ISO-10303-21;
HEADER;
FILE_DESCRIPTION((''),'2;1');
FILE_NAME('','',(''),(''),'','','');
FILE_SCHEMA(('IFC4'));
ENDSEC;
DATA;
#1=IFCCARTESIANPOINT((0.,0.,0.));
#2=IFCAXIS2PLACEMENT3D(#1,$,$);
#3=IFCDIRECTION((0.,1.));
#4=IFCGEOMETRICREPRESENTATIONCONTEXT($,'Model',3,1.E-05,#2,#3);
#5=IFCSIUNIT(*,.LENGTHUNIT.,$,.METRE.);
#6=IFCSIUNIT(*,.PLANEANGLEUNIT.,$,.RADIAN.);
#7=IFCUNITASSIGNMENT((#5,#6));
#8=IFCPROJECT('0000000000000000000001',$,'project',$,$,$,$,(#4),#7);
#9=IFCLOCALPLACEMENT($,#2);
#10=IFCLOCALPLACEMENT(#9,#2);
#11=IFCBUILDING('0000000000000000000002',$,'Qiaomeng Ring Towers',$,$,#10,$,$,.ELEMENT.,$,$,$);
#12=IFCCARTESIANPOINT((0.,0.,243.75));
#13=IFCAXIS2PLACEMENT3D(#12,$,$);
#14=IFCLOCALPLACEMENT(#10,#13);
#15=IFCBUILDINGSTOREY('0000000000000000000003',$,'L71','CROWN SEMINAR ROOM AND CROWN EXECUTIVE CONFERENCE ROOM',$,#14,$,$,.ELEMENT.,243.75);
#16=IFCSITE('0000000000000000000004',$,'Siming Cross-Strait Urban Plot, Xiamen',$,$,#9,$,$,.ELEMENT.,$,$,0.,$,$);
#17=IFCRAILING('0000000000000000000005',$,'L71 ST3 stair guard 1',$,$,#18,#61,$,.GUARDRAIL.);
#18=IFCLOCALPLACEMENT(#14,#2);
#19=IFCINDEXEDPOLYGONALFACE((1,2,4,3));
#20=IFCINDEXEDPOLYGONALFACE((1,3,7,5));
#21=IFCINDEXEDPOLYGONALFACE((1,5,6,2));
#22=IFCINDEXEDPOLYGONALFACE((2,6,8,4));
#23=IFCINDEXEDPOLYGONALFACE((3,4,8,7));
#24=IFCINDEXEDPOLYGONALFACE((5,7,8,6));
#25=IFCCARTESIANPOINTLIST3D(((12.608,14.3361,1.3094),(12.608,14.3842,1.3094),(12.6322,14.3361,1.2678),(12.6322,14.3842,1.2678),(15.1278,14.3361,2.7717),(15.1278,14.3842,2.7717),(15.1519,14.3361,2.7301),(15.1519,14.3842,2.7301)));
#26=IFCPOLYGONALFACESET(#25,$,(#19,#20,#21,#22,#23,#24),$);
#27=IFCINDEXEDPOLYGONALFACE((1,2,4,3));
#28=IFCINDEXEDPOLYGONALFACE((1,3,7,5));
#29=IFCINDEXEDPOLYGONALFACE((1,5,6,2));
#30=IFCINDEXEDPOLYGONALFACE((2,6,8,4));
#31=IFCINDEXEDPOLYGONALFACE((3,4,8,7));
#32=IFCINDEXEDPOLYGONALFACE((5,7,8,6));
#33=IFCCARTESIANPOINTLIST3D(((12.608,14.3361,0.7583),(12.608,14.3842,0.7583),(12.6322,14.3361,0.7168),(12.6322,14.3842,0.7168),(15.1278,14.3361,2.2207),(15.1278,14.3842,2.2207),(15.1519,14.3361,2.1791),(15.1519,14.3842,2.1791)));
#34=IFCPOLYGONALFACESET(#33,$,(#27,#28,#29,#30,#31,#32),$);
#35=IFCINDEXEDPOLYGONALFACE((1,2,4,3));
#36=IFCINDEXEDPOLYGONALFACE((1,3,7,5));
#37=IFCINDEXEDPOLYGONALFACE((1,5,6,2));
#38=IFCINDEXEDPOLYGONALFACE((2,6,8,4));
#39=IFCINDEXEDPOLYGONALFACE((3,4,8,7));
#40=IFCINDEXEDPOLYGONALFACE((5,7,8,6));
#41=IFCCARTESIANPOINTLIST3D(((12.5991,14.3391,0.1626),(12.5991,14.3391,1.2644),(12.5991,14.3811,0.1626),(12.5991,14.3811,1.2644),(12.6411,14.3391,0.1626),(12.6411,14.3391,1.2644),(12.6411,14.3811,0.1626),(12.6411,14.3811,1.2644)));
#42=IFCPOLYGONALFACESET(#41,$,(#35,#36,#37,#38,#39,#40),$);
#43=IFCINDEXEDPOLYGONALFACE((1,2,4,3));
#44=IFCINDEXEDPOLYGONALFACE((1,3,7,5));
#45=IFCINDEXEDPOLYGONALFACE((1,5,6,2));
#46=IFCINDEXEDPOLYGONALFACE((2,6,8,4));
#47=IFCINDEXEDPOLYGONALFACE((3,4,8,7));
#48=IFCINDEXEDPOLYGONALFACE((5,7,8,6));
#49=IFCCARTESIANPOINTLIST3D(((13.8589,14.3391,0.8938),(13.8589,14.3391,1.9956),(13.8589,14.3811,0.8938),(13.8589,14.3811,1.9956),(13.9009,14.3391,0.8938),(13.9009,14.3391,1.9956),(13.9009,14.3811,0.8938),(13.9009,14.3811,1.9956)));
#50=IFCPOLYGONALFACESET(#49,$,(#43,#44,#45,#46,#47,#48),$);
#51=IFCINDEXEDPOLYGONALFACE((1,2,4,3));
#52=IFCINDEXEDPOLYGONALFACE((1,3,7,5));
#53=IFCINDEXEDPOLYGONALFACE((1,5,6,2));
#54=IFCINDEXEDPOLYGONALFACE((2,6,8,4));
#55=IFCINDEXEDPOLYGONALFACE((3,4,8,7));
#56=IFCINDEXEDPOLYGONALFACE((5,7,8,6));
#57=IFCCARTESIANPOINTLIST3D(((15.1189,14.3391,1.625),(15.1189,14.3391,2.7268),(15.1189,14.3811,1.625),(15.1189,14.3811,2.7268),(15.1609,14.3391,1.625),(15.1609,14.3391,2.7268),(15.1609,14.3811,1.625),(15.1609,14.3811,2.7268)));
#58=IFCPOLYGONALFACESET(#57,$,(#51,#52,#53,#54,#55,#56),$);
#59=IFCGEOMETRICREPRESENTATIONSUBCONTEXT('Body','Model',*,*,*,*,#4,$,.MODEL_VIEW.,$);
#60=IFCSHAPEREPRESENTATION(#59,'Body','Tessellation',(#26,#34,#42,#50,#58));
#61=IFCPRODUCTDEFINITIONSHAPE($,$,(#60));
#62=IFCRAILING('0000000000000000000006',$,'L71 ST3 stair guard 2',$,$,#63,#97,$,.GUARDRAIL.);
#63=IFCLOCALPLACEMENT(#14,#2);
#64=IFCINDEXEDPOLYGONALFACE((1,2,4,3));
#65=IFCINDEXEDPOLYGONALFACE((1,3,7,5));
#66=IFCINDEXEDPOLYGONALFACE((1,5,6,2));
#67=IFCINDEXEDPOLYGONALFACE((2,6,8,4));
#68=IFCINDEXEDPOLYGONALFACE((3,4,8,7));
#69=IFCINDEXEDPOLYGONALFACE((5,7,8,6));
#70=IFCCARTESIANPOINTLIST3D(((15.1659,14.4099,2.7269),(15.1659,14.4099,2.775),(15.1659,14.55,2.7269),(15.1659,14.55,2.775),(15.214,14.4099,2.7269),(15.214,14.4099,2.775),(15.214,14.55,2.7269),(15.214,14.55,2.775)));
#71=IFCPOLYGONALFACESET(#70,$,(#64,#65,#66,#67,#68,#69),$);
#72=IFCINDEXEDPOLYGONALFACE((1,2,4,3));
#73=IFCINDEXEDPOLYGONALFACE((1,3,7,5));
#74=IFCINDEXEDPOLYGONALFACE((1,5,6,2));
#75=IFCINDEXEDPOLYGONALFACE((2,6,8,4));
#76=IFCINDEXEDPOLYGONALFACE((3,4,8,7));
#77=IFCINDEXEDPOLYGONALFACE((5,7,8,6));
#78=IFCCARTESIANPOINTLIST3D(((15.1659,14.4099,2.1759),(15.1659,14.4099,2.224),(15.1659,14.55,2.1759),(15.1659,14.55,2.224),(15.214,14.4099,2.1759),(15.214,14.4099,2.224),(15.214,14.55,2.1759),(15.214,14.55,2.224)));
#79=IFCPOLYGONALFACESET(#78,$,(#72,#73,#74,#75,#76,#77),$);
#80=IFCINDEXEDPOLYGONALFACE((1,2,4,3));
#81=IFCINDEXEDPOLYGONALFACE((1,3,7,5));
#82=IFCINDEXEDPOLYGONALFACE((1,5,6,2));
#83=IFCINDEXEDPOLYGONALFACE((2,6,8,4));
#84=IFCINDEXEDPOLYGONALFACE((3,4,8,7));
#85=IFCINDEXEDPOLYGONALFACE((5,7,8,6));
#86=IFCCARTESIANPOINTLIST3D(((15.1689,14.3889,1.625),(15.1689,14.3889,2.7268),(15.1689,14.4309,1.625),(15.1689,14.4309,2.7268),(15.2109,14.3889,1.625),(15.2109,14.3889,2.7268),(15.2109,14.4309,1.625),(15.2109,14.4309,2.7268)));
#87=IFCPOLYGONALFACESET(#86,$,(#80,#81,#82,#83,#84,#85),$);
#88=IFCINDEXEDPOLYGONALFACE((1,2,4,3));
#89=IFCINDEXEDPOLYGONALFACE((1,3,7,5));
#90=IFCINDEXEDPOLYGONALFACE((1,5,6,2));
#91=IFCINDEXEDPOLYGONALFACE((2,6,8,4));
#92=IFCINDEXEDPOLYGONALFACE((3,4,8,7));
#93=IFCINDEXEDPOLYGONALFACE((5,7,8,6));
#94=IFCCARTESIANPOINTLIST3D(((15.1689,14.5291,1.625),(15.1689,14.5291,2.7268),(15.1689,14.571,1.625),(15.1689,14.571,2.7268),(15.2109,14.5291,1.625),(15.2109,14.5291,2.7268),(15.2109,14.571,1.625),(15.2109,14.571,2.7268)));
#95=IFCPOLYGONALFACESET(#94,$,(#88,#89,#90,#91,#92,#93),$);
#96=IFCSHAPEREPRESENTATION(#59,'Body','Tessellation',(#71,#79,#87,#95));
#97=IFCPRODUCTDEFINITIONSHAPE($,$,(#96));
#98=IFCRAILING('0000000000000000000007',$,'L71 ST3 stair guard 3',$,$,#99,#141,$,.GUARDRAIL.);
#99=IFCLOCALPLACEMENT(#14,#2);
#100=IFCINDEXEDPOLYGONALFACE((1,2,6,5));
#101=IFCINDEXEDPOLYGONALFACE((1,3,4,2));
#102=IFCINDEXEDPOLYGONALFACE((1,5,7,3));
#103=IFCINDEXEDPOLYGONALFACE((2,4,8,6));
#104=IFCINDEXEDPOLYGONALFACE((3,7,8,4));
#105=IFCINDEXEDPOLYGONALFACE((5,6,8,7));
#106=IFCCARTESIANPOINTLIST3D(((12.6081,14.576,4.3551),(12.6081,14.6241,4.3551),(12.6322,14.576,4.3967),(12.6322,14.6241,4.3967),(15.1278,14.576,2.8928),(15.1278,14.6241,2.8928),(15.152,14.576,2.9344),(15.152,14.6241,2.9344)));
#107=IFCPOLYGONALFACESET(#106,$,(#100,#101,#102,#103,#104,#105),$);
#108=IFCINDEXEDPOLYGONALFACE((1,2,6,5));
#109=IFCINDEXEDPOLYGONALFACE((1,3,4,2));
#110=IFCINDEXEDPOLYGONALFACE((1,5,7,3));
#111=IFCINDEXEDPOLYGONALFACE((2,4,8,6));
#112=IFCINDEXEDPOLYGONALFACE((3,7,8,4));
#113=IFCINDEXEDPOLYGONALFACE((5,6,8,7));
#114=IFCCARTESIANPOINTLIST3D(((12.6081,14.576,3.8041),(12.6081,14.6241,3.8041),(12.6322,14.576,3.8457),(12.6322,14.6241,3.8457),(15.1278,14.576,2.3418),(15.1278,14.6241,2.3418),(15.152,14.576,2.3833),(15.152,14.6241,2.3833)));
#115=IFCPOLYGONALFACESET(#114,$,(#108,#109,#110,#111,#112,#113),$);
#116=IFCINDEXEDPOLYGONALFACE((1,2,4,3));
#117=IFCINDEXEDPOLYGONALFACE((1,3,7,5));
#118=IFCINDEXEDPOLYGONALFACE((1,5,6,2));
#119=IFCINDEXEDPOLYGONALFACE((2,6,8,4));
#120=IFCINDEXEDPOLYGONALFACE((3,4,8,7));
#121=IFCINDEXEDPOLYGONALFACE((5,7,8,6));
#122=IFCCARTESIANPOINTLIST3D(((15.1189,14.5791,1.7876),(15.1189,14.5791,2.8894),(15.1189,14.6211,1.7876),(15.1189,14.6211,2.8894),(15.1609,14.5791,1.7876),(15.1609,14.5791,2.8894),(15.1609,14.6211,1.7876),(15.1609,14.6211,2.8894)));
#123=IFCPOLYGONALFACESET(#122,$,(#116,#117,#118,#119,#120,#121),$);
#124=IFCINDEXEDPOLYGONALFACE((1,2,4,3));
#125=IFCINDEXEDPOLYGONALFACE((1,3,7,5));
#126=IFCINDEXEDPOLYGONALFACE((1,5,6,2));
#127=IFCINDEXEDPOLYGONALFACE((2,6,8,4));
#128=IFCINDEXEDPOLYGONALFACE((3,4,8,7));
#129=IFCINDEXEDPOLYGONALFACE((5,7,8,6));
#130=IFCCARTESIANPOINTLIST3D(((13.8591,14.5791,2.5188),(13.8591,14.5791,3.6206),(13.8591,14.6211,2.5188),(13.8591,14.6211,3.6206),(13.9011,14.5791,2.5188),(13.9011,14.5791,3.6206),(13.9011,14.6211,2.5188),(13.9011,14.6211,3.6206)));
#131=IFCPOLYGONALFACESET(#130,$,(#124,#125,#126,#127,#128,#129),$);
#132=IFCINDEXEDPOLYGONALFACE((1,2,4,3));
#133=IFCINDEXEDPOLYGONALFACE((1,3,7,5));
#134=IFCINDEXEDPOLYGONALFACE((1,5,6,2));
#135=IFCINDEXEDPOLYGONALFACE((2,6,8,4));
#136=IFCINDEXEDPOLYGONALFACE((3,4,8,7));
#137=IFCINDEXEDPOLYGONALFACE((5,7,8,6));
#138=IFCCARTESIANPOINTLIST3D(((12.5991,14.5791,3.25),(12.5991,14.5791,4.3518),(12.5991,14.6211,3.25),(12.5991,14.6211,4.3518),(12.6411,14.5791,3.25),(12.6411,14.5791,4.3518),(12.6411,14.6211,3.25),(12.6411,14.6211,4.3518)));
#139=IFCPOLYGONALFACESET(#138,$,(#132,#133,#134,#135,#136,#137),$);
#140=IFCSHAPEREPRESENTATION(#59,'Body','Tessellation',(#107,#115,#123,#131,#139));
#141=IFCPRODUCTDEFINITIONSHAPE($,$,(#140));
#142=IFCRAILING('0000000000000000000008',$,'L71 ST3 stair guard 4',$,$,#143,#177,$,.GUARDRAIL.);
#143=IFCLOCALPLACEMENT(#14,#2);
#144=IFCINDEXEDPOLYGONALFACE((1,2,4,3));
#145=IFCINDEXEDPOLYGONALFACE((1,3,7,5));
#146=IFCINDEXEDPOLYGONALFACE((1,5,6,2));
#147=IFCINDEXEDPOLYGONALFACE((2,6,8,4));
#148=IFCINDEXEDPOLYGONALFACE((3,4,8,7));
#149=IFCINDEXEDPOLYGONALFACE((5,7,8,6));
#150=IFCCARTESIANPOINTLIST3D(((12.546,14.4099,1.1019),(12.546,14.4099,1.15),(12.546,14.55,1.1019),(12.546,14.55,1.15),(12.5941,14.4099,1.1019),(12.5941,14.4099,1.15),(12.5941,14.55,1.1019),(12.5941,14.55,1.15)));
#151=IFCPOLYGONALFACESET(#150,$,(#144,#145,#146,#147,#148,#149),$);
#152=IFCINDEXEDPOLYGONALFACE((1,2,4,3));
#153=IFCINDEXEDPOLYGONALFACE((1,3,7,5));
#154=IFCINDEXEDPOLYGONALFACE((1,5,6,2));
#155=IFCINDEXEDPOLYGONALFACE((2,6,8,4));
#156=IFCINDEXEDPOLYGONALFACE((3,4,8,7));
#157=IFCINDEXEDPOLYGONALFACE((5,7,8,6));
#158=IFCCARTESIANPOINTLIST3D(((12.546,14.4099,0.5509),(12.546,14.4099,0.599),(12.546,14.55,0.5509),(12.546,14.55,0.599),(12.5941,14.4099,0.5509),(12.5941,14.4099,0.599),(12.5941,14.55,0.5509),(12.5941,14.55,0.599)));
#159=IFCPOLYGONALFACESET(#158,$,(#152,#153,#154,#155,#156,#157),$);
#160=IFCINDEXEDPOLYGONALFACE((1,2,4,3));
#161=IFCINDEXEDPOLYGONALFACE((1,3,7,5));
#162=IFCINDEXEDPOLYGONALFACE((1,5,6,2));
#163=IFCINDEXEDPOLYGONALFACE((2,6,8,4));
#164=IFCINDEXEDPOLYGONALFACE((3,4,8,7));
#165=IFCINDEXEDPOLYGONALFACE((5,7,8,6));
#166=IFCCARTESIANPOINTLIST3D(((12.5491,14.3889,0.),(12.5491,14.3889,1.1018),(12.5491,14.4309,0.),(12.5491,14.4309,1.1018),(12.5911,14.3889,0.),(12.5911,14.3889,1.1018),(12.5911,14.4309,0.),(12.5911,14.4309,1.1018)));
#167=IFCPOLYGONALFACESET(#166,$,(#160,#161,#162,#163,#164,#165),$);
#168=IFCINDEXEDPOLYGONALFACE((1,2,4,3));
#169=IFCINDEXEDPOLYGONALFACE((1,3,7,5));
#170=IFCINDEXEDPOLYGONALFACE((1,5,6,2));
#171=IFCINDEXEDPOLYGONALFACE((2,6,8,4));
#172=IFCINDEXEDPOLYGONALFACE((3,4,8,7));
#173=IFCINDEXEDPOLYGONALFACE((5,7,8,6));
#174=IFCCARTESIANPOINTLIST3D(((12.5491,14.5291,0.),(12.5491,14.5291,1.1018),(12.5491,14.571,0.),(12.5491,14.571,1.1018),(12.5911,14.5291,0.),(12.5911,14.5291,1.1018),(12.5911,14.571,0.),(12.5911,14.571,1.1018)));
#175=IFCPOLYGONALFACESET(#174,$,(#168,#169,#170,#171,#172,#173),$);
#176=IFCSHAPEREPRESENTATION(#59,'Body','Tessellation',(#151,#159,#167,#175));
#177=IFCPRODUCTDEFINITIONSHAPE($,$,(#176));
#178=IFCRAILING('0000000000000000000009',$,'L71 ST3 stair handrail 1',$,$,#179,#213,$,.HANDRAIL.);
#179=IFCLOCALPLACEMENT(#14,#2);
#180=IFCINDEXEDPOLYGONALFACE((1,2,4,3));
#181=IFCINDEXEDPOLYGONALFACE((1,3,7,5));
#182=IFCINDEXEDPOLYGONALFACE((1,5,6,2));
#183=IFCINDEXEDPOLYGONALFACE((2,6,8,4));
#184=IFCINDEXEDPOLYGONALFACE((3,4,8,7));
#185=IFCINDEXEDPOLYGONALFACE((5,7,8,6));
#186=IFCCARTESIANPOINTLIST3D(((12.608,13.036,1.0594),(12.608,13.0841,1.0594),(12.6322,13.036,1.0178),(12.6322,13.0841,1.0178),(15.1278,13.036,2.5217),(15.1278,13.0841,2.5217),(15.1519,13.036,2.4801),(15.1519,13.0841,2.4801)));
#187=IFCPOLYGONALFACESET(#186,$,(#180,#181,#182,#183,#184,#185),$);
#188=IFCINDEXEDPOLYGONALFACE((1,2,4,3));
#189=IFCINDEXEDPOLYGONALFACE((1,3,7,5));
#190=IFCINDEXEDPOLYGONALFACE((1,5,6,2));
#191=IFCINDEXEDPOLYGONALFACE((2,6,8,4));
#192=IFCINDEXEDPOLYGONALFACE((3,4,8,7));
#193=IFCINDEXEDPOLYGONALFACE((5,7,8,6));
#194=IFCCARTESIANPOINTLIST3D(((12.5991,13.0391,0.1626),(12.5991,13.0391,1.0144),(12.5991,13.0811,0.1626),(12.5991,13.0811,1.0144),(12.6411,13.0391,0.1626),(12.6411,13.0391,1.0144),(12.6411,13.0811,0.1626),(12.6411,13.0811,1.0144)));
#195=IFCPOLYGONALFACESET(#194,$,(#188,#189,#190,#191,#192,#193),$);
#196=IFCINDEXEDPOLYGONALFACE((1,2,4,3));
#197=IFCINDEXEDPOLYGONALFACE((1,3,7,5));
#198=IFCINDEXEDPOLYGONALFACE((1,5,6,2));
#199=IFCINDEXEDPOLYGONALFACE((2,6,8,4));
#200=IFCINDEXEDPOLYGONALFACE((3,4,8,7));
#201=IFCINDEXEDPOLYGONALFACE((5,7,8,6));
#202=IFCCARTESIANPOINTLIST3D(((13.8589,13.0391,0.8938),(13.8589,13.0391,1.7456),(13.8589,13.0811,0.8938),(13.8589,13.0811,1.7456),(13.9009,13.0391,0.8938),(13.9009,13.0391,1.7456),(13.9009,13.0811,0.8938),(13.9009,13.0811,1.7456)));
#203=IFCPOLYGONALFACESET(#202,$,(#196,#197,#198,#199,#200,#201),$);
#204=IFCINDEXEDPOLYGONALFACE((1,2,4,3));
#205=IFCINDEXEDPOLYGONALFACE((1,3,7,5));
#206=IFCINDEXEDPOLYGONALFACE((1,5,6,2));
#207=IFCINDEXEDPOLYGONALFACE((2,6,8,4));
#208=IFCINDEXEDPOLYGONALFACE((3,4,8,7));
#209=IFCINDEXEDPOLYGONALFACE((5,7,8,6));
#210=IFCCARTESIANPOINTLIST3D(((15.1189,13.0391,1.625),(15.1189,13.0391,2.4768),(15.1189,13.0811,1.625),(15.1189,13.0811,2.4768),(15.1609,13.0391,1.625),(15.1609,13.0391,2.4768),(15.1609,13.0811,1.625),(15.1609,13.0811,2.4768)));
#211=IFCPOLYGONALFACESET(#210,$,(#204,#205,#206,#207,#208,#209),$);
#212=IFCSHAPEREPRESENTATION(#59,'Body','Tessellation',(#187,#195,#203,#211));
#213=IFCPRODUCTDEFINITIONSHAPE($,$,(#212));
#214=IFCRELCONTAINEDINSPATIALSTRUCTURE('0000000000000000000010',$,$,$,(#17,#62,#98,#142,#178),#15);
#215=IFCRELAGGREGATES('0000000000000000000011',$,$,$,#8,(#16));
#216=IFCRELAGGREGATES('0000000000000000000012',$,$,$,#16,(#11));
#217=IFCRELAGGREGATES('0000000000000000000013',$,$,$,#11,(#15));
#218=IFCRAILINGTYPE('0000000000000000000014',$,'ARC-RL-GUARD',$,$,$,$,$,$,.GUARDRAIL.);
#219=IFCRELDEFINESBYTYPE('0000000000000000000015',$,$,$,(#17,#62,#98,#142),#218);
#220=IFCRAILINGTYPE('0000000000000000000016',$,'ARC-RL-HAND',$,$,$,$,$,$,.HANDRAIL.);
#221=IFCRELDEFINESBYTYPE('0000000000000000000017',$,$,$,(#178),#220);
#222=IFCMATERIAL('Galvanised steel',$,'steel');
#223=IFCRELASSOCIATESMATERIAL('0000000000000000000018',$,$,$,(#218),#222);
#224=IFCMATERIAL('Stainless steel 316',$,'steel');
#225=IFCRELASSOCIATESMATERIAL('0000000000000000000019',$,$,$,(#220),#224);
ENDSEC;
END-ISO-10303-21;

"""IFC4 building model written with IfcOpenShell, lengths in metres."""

from ifc_helpers import new_model, si_unit, direction, frame, origin, origin_2d, place, context, subcontext, project, spatial, rectangle, extrude, material, type_object, element, save


model = new_model("IFC4")

# Units and contexts
model_context = context("Model", 3, precision=1e-05, world=origin(), true_north=direction((0.0, 1.0)))
body_context = subcontext(model_context, "Body", "Model", "MODEL_VIEW")
ifc_project = project(units=[si_unit("LENGTHUNIT", "METRE"), si_unit("PLANEANGLEUNIT", "RADIAN")], contexts=[model_context])

# Site, building, storey
site_placement = place(None, origin())
site = spatial("IfcSite", under=ifc_project, at=site_placement, Name="Siming Cross-Strait Urban Plot, Xiamen", CompositionType="ELEMENT", RefElevation=0.0)
building_placement = place(site_placement, origin())
building = spatial("IfcBuilding", under=site, at=building_placement, Name="Qiaomeng Ring Towers", CompositionType="ELEMENT")
storey_placement = place(building_placement, frame((0.0, 0.0, 243.75)))
storey = spatial("IfcBuildingStorey", under=building, at=storey_placement, Name="L71", Description="CROWN SEMINAR ROOM AND CROWN EXECUTIVE CONFERENCE ROOM", CompositionType="ELEMENT", Elevation=243.75)

# Shared definitions
ifc_material_1 = material(Name="Galvanised steel", Category="steel")

# Railings
railing_type_1 = type_object("IfcRailingType", Name="ARC-RL-GUARD", PredefinedType="GUARDRAIL", material=ifc_material_1)
railing_1_placement = place(storey_placement, frame((12.6201, 14.3601, 0.1626)))
element("IfcRailing", 1, at=railing_1_placement, inside=storey, type_object=railing_type_1, Name="L71 ST3 stair guard 1", PredefinedType="GUARDRAIL", context=body_context, shape_type="SweptSolid", body=[
    extrude(rectangle(XDim=0.0481, YDim=0.0481, at=origin_2d()), frame((0.0, 0.0, 1.126), z_axis=(0.864892, 0.0, 0.501958), x_axis=(0.0, 1.0, 0.0)), (0.0, 0.0, 1.0), 2.9133),
    extrude(rectangle(XDim=0.0481, YDim=0.0481, at=origin_2d()), frame((0.0, 0.0, 0.575), z_axis=(0.864892, 0.0, 0.501958), x_axis=(0.0, 1.0, 0.0)), (0.0, 0.0, 1.0), 2.9133),
    extrude(rectangle(XDim=0.042, YDim=0.042, at=origin_2d()), origin(), (0.0, 0.0, 1.0), 1.1018),
    extrude(rectangle(XDim=0.042, YDim=0.042, at=origin_2d()), frame((1.2598, 0.0, 0.7312)), (0.0, 0.0, 1.0), 1.1018),
    extrude(rectangle(XDim=0.042, YDim=0.042, at=origin_2d()), frame((2.5198, 0.0, 1.4624)), (0.0, 0.0, 1.0), 1.1018),
])
railing_2_placement = place(storey_placement, frame((15.1899, 14.4099, 1.625)))
element("IfcRailing", 2, at=railing_2_placement, inside=storey, type_object=railing_type_1, Name="L71 ST3 stair guard 2", PredefinedType="GUARDRAIL", context=body_context, shape_type="SweptSolid", body=[
    extrude(rectangle(XDim=0.0481, YDim=0.0481, at=origin_2d()), frame((0.0, 0.0, 1.126), z_axis=(0.0, 1.0, 0.0), x_axis=(-1.0, 0.0, 0.0)), (0.0, 0.0, 1.0), 0.1401),
    extrude(rectangle(XDim=0.0481, YDim=0.0481, at=origin_2d()), frame((0.0, 0.0, 0.575), z_axis=(0.0, 1.0, 0.0), x_axis=(-1.0, 0.0, 0.0)), (0.0, 0.0, 1.0), 0.1401),
    extrude(rectangle(XDim=0.042, YDim=0.042, at=origin_2d()), origin(), (0.0, 0.0, 1.0), 1.1018),
    extrude(rectangle(XDim=0.042, YDim=0.042, at=origin_2d()), frame((0.0, 0.1401, 0.0)), (0.0, 0.0, 1.0), 1.1018),
])
railing_3_placement = place(storey_placement, frame((15.1399, 14.6001, 1.7876)))
element("IfcRailing", 3, at=railing_3_placement, inside=storey, type_object=railing_type_1, Name="L71 ST3 stair guard 3", PredefinedType="GUARDRAIL", context=body_context, shape_type="SweptSolid", body=[
    extrude(rectangle(XDim=0.0481, YDim=0.0481, at=origin_2d()), frame((0.0, 0.0, 1.126), z_axis=(-0.864892, 0.0, 0.501958), x_axis=(0.0, -1.0, 0.0)), (0.0, 0.0, 1.0), 2.9133),
    extrude(rectangle(XDim=0.0481, YDim=0.0481, at=origin_2d()), frame((0.0, 0.0, 0.575), z_axis=(-0.864892, 0.0, 0.501958), x_axis=(0.0, -1.0, 0.0)), (0.0, 0.0, 1.0), 2.9133),
    extrude(rectangle(XDim=0.042, YDim=0.042, at=origin_2d()), origin(), (0.0, 0.0, 1.0), 1.1018),
    extrude(rectangle(XDim=0.042, YDim=0.042, at=origin_2d()), frame((-1.2598, 0.0, 0.7312)), (0.0, 0.0, 1.0), 1.1018),
    extrude(rectangle(XDim=0.042, YDim=0.042, at=origin_2d()), frame((-2.5198, 0.0, 1.4624)), (0.0, 0.0, 1.0), 1.1018),
])
railing_4_placement = place(storey_placement, frame((12.5701, 14.4099, 0.0)))
element("IfcRailing", 4, at=railing_4_placement, inside=storey, type_object=railing_type_1, Name="L71 ST3 stair guard 4", PredefinedType="GUARDRAIL", context=body_context, shape_type="SweptSolid", body=[
    extrude(rectangle(XDim=0.0481, YDim=0.0481, at=origin_2d()), frame((0.0, 0.0, 1.126), z_axis=(0.0, 1.0, 0.0), x_axis=(-1.0, 0.0, 0.0)), (0.0, 0.0, 1.0), 0.1401),
    extrude(rectangle(XDim=0.0481, YDim=0.0481, at=origin_2d()), frame((0.0, 0.0, 0.575), z_axis=(0.0, 1.0, 0.0), x_axis=(-1.0, 0.0, 0.0)), (0.0, 0.0, 1.0), 0.1401),
    extrude(rectangle(XDim=0.042, YDim=0.042, at=origin_2d()), origin(), (0.0, 0.0, 1.0), 1.1018),
    extrude(rectangle(XDim=0.042, YDim=0.042, at=origin_2d()), frame((0.0, 0.1401, 0.0)), (0.0, 0.0, 1.0), 1.1018),
])
ifc_material_2 = material(Name="Stainless steel 316", Category="steel")
railing_type_2 = type_object("IfcRailingType", Name="ARC-RL-HAND", PredefinedType="HANDRAIL", material=ifc_material_2)
railing_5_placement = place(storey_placement, frame((12.6201, 13.0601, 0.1626)))
element("IfcRailing", 5, at=railing_5_placement, inside=storey, type_object=railing_type_2, Name="L71 ST3 stair handrail 1", PredefinedType="HANDRAIL", context=body_context, shape_type="SweptSolid", body=[
    extrude(rectangle(XDim=0.0481, YDim=0.0481, at=origin_2d()), frame((0.0, 0.0, 0.876), z_axis=(0.864892, 0.0, 0.501958), x_axis=(0.0, 1.0, 0.0)), (0.0, 0.0, 1.0), 2.9133),
    extrude(rectangle(XDim=0.042, YDim=0.042, at=origin_2d()), origin(), (0.0, 0.0, 1.0), 0.8518),
    extrude(rectangle(XDim=0.042, YDim=0.042, at=origin_2d()), frame((1.2598, 0.0, 0.7312)), (0.0, 0.0, 1.0), 0.8518),
    extrude(rectangle(XDim=0.042, YDim=0.042, at=origin_2d()), frame((2.5198, 0.0, 1.4624)), (0.0, 0.0, 1.0), 0.8518),
])

save(model, "model.ifc")
